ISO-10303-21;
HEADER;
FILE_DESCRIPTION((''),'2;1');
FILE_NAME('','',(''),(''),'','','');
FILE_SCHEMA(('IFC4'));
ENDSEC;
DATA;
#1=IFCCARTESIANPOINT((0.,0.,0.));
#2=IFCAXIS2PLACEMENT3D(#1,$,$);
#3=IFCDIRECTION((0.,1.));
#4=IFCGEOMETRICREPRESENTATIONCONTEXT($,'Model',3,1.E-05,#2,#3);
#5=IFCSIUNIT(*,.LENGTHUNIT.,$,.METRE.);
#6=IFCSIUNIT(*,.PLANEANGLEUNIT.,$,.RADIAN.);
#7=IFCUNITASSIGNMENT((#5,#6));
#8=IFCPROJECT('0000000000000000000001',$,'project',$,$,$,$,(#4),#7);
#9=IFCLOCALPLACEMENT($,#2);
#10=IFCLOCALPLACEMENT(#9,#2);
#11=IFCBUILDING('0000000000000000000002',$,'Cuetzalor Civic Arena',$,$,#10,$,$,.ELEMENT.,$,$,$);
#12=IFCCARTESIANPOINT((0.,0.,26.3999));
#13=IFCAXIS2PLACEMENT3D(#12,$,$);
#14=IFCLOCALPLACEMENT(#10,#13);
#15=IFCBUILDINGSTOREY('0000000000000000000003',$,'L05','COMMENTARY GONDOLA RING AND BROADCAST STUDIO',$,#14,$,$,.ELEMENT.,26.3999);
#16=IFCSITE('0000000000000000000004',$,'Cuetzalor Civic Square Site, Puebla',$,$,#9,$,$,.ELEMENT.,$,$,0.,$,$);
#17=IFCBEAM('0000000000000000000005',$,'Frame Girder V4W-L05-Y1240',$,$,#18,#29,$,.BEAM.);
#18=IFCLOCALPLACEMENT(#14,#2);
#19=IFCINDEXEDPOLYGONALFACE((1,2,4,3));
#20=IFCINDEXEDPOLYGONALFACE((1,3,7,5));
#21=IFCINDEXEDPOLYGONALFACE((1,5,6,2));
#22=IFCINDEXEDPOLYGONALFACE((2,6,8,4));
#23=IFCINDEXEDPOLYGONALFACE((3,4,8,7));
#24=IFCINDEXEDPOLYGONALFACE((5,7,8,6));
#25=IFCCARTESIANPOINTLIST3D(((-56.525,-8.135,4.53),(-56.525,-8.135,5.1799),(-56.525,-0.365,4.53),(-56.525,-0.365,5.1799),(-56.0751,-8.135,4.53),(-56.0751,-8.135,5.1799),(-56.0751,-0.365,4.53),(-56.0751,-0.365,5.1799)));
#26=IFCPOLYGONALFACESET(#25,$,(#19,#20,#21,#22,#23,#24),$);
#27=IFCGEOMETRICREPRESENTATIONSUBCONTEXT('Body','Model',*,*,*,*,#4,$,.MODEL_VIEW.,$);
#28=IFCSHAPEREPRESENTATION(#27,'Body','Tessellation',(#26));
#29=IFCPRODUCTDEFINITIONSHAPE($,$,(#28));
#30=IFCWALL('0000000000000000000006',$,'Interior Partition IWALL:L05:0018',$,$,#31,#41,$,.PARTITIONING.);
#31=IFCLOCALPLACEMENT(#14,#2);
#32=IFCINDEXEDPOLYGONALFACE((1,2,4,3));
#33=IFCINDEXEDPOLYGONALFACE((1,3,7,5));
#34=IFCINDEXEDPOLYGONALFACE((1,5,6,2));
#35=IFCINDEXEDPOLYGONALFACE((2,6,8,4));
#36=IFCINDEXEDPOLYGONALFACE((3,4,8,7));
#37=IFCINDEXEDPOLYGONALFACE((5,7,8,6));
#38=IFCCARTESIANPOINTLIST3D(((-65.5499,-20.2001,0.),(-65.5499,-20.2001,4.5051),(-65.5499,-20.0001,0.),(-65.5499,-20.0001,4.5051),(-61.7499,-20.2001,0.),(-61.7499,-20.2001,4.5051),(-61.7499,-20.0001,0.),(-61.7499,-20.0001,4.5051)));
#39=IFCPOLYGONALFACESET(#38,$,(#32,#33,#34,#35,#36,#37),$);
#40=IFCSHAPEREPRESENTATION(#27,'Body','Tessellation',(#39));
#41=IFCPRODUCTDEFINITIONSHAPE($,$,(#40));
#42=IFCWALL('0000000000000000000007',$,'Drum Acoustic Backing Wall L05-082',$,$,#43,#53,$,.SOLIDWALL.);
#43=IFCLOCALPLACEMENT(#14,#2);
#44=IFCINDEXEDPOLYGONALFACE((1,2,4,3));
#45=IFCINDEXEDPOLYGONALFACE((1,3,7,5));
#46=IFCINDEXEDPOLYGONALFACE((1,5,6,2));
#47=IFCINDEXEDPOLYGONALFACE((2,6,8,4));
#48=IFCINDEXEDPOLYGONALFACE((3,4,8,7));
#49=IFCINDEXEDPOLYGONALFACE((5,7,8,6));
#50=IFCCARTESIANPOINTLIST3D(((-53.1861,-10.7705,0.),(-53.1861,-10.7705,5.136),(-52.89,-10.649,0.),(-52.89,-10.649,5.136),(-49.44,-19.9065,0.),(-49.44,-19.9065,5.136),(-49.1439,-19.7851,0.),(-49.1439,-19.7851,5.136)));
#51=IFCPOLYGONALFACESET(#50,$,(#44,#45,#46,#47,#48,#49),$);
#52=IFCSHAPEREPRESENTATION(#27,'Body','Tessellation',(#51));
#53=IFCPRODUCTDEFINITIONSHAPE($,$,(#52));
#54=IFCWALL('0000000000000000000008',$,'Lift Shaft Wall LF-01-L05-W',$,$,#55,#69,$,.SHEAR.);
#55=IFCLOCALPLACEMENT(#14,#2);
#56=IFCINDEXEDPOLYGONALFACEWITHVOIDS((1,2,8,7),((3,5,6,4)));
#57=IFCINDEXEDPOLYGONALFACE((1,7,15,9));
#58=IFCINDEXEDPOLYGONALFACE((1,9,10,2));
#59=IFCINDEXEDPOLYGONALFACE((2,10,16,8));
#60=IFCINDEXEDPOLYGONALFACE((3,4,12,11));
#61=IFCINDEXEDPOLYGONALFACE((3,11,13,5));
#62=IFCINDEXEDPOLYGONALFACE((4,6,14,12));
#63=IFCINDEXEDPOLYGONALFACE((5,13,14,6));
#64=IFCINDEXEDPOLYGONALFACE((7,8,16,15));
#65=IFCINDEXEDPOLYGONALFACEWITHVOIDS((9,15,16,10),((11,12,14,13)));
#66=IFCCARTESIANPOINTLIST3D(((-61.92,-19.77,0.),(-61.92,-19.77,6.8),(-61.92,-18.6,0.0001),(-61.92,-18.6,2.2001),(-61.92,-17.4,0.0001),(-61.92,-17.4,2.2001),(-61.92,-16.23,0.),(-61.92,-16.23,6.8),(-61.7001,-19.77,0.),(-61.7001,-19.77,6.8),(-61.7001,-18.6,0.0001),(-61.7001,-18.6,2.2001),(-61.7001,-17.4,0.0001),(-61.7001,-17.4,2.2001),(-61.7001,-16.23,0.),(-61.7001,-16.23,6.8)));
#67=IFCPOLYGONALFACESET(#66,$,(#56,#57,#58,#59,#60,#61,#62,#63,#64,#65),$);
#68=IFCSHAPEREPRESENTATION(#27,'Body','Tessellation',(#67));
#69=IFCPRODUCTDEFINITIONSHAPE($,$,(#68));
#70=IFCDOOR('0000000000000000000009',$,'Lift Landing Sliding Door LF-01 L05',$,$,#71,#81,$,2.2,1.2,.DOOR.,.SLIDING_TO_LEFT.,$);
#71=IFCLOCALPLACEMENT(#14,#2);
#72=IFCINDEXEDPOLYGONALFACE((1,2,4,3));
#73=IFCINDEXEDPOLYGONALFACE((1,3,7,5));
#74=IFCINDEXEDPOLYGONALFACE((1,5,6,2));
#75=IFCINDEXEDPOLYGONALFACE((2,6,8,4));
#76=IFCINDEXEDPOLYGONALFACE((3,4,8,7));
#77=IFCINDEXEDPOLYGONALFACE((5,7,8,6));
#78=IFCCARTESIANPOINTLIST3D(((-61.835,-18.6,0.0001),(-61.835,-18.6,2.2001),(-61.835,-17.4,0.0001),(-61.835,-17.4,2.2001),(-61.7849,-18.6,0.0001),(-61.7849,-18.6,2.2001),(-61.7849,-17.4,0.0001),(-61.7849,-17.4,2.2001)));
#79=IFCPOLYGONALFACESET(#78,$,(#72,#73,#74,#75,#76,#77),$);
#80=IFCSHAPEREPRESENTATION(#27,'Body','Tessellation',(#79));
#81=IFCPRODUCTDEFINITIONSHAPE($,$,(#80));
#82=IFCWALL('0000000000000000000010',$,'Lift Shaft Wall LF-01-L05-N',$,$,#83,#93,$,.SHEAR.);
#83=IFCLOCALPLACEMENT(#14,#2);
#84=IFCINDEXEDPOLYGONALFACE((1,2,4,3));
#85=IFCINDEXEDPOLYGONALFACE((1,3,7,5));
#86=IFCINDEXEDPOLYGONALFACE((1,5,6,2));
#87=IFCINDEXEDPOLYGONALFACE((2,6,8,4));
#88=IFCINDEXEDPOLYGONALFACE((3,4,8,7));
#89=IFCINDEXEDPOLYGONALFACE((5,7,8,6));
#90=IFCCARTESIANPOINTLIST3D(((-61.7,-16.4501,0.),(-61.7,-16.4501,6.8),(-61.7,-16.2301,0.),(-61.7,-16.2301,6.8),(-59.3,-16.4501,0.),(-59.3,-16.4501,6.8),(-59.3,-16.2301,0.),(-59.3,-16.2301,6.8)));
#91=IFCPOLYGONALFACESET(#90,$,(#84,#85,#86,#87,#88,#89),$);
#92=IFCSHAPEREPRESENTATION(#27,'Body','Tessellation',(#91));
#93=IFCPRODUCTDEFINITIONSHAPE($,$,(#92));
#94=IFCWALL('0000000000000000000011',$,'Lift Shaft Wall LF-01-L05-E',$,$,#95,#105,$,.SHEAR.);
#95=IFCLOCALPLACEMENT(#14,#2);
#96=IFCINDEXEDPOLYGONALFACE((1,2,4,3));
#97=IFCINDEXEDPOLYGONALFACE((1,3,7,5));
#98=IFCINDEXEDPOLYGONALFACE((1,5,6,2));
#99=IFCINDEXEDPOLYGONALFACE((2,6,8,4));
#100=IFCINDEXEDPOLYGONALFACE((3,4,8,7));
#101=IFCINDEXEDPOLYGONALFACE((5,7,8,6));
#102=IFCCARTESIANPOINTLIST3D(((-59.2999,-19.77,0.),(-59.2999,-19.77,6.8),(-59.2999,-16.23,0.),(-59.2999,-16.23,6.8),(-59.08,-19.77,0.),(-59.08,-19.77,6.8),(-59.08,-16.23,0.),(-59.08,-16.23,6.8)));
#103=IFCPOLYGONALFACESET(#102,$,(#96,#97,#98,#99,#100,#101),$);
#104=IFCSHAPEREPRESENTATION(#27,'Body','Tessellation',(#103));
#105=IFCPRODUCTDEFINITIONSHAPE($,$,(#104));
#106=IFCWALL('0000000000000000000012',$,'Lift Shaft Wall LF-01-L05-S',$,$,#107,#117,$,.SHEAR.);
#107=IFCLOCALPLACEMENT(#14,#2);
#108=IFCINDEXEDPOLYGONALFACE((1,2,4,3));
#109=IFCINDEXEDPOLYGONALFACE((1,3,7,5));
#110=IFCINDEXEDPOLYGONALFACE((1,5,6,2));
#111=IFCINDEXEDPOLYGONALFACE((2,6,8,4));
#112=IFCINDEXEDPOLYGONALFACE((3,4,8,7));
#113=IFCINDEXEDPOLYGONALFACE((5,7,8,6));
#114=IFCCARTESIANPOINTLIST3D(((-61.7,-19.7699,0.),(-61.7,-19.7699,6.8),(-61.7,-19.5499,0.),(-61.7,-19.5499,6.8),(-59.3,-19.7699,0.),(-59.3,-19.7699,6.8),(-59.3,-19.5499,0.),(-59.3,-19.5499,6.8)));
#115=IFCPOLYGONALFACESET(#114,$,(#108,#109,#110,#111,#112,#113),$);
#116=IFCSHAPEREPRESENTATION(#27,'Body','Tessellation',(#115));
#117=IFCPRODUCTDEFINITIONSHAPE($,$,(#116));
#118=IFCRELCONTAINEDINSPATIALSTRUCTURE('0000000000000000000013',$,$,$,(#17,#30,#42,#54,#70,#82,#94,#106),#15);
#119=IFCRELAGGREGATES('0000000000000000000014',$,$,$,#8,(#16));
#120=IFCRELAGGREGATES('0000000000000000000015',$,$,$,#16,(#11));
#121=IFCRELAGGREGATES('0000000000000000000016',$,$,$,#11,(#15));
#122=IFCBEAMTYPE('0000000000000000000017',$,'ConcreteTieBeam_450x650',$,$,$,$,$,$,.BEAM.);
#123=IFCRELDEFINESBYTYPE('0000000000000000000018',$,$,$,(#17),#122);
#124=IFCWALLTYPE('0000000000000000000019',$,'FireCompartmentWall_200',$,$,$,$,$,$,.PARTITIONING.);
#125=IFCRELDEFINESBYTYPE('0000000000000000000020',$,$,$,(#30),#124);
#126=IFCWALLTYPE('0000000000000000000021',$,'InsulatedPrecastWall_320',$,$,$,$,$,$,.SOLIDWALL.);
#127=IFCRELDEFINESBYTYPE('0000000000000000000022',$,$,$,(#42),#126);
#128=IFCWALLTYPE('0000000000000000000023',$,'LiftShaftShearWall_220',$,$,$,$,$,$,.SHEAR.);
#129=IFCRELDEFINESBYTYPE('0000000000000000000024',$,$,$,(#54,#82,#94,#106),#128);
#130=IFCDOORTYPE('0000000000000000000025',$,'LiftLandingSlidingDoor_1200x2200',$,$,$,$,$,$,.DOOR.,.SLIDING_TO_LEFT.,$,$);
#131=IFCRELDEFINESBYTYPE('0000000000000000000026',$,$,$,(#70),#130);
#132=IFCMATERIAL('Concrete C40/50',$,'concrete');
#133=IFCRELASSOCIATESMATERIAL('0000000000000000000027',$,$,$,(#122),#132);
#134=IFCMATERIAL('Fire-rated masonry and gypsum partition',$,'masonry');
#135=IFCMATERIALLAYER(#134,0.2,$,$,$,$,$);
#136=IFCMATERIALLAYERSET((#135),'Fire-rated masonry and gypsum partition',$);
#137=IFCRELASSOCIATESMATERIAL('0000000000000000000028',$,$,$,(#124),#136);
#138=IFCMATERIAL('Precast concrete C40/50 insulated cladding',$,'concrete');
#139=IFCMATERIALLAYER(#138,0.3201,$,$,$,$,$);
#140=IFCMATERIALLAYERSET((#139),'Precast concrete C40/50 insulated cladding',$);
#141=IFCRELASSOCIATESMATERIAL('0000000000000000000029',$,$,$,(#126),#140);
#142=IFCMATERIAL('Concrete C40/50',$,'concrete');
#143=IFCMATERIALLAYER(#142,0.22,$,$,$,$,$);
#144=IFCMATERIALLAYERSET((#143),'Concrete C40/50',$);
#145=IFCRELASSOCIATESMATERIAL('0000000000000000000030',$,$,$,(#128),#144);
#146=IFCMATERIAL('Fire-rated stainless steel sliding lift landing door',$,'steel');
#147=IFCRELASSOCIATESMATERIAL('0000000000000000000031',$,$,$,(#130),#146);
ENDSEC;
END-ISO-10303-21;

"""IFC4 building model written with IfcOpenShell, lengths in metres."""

from ifc_helpers import new_model, si_unit, direction, frame, frame_2d, origin, origin_2d, place, context, subcontext, project, spatial, rectangle, extrude, material, layer, layer_set, material_profile, profile_set, type_object, element, fill, save


model = new_model("IFC4")

# Units and contexts
model_context = context("Model", 3, precision=1e-05, world=origin(), true_north=direction((0.0, 1.0)))
body_context = subcontext(model_context, "Body", "Model", "MODEL_VIEW")
ifc_project = project(units=[si_unit("LENGTHUNIT", "METRE"), si_unit("PLANEANGLEUNIT", "RADIAN")], contexts=[model_context])

# Site, building, storey
site_placement = place(None, origin())
site = spatial("IfcSite", under=ifc_project, at=site_placement, Name="Cuetzalor Civic Square Site, Puebla", CompositionType="ELEMENT", RefElevation=0.0)
building_placement = place(site_placement, origin())
building = spatial("IfcBuilding", under=site, at=building_placement, Name="Cuetzalor Civic Arena", CompositionType="ELEMENT")
storey_placement = place(building_placement, frame((0.0, 0.0, 26.3999)))
storey = spatial("IfcBuildingStorey", under=building, at=storey_placement, Name="L05", Description="COMMENTARY GONDOLA RING AND BROADCAST STUDIO", CompositionType="ELEMENT", Elevation=26.3999)

# Beam
ifc_material_1 = material(Name="Concrete C40/50", Category="concrete")
ifc_material_profile_1 = material_profile(ifc_material_1, rectangle(XDim=0.45, YDim=0.6499, at=origin_2d()), Name="RC 450x650")
ifc_profile_set_1 = profile_set([ifc_material_profile_1], Name="Concrete C40/50")
beam_type_1 = type_object("IfcBeamType", Name="ConcreteTieBeam_450x650", PredefinedType="BEAM", material=ifc_profile_set_1)
for number, where, z_axis, x_axis, name in (
    (1, (-56.3, -8.135, 4.855), (0.0, 1.0, 0.0), (-1.0, 0.0, 0.0), "Frame Girder V4W-L05-Y1240"),
):
    element("IfcBeam", number, at=place(storey_placement, frame(where, z_axis=z_axis, x_axis=x_axis)), inside=storey, type_object=beam_type_1, Name=name, PredefinedType="BEAM", context=body_context, shape_type="SweptSolid", body=[
        extrude(rectangle(XDim=0.45, YDim=0.6499, at=origin_2d()), origin(), (0.0, 0.0, 1.0), 7.77),
    ])

# Wall
ifc_material_2 = material(Name="Fire-rated masonry and gypsum partition", Category="masonry")
ifc_layer_1 = layer(ifc_material_2, 0.2)
ifc_layer_set_1 = layer_set([ifc_layer_1], Name="Fire-rated masonry and gypsum partition")
wall_type_1 = type_object("IfcWallType", Name="FireCompartmentWall_200", PredefinedType="PARTITIONING", material=ifc_layer_set_1)
wall_1_placement = place(storey_placement, frame((-61.75, -20.1001, 0.0), z_axis=(0.0, 0.0, 1.0), x_axis=(-1.0, 0.0, 0.0)))
element("IfcWall", 2, at=wall_1_placement, inside=storey, type_object=wall_type_1, Name="Interior Partition IWALL:L05:0018", PredefinedType="PARTITIONING", context=body_context, shape_type="SweptSolid", body=[
    extrude(rectangle(XDim=3.8, YDim=0.2, at=frame_2d((1.8999, 0.0))), origin(), (0.0, 0.0, 1.0), 4.5051),
])

# Shared definitions
ifc_material_3 = material(Name="Precast concrete C40/50 insulated cladding", Category="concrete")
ifc_layer_2 = layer(ifc_material_3, 0.3201)
ifc_layer_set_2 = layer_set([ifc_layer_2], Name="Precast concrete C40/50 insulated cladding")
wall_type_2 = type_object("IfcWallType", Name="InsulatedPrecastWall_320", PredefinedType="SOLIDWALL", material=ifc_layer_set_2)

# Wall
wall_2_placement = place(storey_placement, frame((-49.292, -19.8457, 0.0), z_axis=(0.0, 0.0, 1.0), x_axis=(-0.379383, 0.92524, 0.0)))
element("IfcWall", 3, at=wall_2_placement, inside=storey, type_object=wall_type_2, Name="Drum Acoustic Backing Wall L05-082", PredefinedType="SOLIDWALL", context=body_context, shape_type="SweptSolid", body=[
    extrude(rectangle(XDim=9.8743, YDim=0.3201, at=frame_2d((4.937, 0.0))), origin(), (0.0, 0.0, 1.0), 5.136),
])

# Wall, opening, door
ifc_material_4 = material(Name="Concrete C40/50", Category="concrete")
ifc_layer_3 = layer(ifc_material_4, 0.22)
ifc_layer_set_3 = layer_set([ifc_layer_3], Name="Concrete C40/50")
wall_type_3 = type_object("IfcWallType", Name="LiftShaftShearWall_220", PredefinedType="SHEAR", material=ifc_layer_set_3)
wall_3_placement = place(storey_placement, frame((-61.8101, -19.77, 0.0), z_axis=(0.0, 0.0, 1.0), x_axis=(0.0, 1.0, 0.0)))
wall_3 = element("IfcWall", 4, at=wall_3_placement, inside=storey, type_object=wall_type_3, Name="Lift Shaft Wall LF-01-L05-W", PredefinedType="SHEAR", context=body_context, shape_type="SweptSolid", body=[
    extrude(rectangle(XDim=3.54, YDim=0.22, at=frame_2d((1.77, 0.0))), origin(), (0.0, 0.0, 1.0), 6.8),
])
opening_1_placement = place(wall_3_placement, frame((1.1699, 0.0, 0.0)))
opening_1 = element("IfcOpeningElement", 5, at=opening_1_placement, cuts=wall_3, PredefinedType="OPENING", context=body_context, shape_type="SweptSolid", body=[
    extrude(rectangle(XDim=1.2, YDim=2.2, at=frame_2d((0.6001, 1.1001))), frame((0.0, 0.1201, 0.0), z_axis=(0.0, -1.0, 0.0), x_axis=(1.0, 0.0, 0.0)), (0.0, 0.0, 1.0), 0.24),
])
ifc_material_5 = material(Name="Fire-rated stainless steel sliding lift landing door", Category="steel")
door_type_1 = type_object("IfcDoorType", Name="LiftLandingSlidingDoor_1200x2200", OperationType="SLIDING_TO_LEFT", PredefinedType="DOOR", material=ifc_material_5)
door_1_placement = place(opening_1_placement, origin())
door_1 = element("IfcDoor", 6, at=door_1_placement, inside=storey, type_object=door_type_1, Name="Lift Landing Sliding Door LF-01 L05", OperationType="SLIDING_TO_LEFT", OverallHeight=2.2, OverallWidth=1.2, PredefinedType="DOOR", context=body_context, shape_type="SweptSolid", body=[
    extrude(rectangle(XDim=1.2, YDim=2.2, at=frame_2d((0.6001, 1.1001))), frame((0.0, 0.0249, 0.0), z_axis=(0.0, -1.0, 0.0), x_axis=(1.0, 0.0, 0.0)), (0.0, 0.0, 1.0), 0.05),
])
fill(opening_1, door_1)

# Walls
wall_4_placement = place(storey_placement, frame((-61.7, -16.3401, 0.0), z_axis=(0.0, 0.0, 1.0), x_axis=(1.0, 0.0, 0.0)))
element("IfcWall", 7, at=wall_4_placement, inside=storey, type_object=wall_type_3, Name="Lift Shaft Wall LF-01-L05-N", PredefinedType="SHEAR", context=body_context, shape_type="SweptSolid", body=[
    extrude(rectangle(XDim=2.3999, YDim=0.22, at=frame_2d((1.2, 0.0))), origin(), (0.0, 0.0, 1.0), 6.8),
])
wall_5_placement = place(storey_placement, frame((-59.1899, -16.23, 0.0), z_axis=(0.0, 0.0, 1.0), x_axis=(0.0, -1.0, 0.0)))
element("IfcWall", 8, at=wall_5_placement, inside=storey, type_object=wall_type_3, Name="Lift Shaft Wall LF-01-L05-E", PredefinedType="SHEAR", context=body_context, shape_type="SweptSolid", body=[
    extrude(rectangle(XDim=3.54, YDim=0.22, at=frame_2d((1.77, 0.0))), origin(), (0.0, 0.0, 1.0), 6.8),
])
wall_6_placement = place(storey_placement, frame((-59.3, -19.6599, 0.0), z_axis=(0.0, 0.0, 1.0), x_axis=(-1.0, 0.0, 0.0)))
element("IfcWall", 9, at=wall_6_placement, inside=storey, type_object=wall_type_3, Name="Lift Shaft Wall LF-01-L05-S", PredefinedType="SHEAR", context=body_context, shape_type="SweptSolid", body=[
    extrude(rectangle(XDim=2.3999, YDim=0.22, at=frame_2d((1.2, 0.0))), origin(), (0.0, 0.0, 1.0), 6.8),
])

save(model, "model.ifc")
